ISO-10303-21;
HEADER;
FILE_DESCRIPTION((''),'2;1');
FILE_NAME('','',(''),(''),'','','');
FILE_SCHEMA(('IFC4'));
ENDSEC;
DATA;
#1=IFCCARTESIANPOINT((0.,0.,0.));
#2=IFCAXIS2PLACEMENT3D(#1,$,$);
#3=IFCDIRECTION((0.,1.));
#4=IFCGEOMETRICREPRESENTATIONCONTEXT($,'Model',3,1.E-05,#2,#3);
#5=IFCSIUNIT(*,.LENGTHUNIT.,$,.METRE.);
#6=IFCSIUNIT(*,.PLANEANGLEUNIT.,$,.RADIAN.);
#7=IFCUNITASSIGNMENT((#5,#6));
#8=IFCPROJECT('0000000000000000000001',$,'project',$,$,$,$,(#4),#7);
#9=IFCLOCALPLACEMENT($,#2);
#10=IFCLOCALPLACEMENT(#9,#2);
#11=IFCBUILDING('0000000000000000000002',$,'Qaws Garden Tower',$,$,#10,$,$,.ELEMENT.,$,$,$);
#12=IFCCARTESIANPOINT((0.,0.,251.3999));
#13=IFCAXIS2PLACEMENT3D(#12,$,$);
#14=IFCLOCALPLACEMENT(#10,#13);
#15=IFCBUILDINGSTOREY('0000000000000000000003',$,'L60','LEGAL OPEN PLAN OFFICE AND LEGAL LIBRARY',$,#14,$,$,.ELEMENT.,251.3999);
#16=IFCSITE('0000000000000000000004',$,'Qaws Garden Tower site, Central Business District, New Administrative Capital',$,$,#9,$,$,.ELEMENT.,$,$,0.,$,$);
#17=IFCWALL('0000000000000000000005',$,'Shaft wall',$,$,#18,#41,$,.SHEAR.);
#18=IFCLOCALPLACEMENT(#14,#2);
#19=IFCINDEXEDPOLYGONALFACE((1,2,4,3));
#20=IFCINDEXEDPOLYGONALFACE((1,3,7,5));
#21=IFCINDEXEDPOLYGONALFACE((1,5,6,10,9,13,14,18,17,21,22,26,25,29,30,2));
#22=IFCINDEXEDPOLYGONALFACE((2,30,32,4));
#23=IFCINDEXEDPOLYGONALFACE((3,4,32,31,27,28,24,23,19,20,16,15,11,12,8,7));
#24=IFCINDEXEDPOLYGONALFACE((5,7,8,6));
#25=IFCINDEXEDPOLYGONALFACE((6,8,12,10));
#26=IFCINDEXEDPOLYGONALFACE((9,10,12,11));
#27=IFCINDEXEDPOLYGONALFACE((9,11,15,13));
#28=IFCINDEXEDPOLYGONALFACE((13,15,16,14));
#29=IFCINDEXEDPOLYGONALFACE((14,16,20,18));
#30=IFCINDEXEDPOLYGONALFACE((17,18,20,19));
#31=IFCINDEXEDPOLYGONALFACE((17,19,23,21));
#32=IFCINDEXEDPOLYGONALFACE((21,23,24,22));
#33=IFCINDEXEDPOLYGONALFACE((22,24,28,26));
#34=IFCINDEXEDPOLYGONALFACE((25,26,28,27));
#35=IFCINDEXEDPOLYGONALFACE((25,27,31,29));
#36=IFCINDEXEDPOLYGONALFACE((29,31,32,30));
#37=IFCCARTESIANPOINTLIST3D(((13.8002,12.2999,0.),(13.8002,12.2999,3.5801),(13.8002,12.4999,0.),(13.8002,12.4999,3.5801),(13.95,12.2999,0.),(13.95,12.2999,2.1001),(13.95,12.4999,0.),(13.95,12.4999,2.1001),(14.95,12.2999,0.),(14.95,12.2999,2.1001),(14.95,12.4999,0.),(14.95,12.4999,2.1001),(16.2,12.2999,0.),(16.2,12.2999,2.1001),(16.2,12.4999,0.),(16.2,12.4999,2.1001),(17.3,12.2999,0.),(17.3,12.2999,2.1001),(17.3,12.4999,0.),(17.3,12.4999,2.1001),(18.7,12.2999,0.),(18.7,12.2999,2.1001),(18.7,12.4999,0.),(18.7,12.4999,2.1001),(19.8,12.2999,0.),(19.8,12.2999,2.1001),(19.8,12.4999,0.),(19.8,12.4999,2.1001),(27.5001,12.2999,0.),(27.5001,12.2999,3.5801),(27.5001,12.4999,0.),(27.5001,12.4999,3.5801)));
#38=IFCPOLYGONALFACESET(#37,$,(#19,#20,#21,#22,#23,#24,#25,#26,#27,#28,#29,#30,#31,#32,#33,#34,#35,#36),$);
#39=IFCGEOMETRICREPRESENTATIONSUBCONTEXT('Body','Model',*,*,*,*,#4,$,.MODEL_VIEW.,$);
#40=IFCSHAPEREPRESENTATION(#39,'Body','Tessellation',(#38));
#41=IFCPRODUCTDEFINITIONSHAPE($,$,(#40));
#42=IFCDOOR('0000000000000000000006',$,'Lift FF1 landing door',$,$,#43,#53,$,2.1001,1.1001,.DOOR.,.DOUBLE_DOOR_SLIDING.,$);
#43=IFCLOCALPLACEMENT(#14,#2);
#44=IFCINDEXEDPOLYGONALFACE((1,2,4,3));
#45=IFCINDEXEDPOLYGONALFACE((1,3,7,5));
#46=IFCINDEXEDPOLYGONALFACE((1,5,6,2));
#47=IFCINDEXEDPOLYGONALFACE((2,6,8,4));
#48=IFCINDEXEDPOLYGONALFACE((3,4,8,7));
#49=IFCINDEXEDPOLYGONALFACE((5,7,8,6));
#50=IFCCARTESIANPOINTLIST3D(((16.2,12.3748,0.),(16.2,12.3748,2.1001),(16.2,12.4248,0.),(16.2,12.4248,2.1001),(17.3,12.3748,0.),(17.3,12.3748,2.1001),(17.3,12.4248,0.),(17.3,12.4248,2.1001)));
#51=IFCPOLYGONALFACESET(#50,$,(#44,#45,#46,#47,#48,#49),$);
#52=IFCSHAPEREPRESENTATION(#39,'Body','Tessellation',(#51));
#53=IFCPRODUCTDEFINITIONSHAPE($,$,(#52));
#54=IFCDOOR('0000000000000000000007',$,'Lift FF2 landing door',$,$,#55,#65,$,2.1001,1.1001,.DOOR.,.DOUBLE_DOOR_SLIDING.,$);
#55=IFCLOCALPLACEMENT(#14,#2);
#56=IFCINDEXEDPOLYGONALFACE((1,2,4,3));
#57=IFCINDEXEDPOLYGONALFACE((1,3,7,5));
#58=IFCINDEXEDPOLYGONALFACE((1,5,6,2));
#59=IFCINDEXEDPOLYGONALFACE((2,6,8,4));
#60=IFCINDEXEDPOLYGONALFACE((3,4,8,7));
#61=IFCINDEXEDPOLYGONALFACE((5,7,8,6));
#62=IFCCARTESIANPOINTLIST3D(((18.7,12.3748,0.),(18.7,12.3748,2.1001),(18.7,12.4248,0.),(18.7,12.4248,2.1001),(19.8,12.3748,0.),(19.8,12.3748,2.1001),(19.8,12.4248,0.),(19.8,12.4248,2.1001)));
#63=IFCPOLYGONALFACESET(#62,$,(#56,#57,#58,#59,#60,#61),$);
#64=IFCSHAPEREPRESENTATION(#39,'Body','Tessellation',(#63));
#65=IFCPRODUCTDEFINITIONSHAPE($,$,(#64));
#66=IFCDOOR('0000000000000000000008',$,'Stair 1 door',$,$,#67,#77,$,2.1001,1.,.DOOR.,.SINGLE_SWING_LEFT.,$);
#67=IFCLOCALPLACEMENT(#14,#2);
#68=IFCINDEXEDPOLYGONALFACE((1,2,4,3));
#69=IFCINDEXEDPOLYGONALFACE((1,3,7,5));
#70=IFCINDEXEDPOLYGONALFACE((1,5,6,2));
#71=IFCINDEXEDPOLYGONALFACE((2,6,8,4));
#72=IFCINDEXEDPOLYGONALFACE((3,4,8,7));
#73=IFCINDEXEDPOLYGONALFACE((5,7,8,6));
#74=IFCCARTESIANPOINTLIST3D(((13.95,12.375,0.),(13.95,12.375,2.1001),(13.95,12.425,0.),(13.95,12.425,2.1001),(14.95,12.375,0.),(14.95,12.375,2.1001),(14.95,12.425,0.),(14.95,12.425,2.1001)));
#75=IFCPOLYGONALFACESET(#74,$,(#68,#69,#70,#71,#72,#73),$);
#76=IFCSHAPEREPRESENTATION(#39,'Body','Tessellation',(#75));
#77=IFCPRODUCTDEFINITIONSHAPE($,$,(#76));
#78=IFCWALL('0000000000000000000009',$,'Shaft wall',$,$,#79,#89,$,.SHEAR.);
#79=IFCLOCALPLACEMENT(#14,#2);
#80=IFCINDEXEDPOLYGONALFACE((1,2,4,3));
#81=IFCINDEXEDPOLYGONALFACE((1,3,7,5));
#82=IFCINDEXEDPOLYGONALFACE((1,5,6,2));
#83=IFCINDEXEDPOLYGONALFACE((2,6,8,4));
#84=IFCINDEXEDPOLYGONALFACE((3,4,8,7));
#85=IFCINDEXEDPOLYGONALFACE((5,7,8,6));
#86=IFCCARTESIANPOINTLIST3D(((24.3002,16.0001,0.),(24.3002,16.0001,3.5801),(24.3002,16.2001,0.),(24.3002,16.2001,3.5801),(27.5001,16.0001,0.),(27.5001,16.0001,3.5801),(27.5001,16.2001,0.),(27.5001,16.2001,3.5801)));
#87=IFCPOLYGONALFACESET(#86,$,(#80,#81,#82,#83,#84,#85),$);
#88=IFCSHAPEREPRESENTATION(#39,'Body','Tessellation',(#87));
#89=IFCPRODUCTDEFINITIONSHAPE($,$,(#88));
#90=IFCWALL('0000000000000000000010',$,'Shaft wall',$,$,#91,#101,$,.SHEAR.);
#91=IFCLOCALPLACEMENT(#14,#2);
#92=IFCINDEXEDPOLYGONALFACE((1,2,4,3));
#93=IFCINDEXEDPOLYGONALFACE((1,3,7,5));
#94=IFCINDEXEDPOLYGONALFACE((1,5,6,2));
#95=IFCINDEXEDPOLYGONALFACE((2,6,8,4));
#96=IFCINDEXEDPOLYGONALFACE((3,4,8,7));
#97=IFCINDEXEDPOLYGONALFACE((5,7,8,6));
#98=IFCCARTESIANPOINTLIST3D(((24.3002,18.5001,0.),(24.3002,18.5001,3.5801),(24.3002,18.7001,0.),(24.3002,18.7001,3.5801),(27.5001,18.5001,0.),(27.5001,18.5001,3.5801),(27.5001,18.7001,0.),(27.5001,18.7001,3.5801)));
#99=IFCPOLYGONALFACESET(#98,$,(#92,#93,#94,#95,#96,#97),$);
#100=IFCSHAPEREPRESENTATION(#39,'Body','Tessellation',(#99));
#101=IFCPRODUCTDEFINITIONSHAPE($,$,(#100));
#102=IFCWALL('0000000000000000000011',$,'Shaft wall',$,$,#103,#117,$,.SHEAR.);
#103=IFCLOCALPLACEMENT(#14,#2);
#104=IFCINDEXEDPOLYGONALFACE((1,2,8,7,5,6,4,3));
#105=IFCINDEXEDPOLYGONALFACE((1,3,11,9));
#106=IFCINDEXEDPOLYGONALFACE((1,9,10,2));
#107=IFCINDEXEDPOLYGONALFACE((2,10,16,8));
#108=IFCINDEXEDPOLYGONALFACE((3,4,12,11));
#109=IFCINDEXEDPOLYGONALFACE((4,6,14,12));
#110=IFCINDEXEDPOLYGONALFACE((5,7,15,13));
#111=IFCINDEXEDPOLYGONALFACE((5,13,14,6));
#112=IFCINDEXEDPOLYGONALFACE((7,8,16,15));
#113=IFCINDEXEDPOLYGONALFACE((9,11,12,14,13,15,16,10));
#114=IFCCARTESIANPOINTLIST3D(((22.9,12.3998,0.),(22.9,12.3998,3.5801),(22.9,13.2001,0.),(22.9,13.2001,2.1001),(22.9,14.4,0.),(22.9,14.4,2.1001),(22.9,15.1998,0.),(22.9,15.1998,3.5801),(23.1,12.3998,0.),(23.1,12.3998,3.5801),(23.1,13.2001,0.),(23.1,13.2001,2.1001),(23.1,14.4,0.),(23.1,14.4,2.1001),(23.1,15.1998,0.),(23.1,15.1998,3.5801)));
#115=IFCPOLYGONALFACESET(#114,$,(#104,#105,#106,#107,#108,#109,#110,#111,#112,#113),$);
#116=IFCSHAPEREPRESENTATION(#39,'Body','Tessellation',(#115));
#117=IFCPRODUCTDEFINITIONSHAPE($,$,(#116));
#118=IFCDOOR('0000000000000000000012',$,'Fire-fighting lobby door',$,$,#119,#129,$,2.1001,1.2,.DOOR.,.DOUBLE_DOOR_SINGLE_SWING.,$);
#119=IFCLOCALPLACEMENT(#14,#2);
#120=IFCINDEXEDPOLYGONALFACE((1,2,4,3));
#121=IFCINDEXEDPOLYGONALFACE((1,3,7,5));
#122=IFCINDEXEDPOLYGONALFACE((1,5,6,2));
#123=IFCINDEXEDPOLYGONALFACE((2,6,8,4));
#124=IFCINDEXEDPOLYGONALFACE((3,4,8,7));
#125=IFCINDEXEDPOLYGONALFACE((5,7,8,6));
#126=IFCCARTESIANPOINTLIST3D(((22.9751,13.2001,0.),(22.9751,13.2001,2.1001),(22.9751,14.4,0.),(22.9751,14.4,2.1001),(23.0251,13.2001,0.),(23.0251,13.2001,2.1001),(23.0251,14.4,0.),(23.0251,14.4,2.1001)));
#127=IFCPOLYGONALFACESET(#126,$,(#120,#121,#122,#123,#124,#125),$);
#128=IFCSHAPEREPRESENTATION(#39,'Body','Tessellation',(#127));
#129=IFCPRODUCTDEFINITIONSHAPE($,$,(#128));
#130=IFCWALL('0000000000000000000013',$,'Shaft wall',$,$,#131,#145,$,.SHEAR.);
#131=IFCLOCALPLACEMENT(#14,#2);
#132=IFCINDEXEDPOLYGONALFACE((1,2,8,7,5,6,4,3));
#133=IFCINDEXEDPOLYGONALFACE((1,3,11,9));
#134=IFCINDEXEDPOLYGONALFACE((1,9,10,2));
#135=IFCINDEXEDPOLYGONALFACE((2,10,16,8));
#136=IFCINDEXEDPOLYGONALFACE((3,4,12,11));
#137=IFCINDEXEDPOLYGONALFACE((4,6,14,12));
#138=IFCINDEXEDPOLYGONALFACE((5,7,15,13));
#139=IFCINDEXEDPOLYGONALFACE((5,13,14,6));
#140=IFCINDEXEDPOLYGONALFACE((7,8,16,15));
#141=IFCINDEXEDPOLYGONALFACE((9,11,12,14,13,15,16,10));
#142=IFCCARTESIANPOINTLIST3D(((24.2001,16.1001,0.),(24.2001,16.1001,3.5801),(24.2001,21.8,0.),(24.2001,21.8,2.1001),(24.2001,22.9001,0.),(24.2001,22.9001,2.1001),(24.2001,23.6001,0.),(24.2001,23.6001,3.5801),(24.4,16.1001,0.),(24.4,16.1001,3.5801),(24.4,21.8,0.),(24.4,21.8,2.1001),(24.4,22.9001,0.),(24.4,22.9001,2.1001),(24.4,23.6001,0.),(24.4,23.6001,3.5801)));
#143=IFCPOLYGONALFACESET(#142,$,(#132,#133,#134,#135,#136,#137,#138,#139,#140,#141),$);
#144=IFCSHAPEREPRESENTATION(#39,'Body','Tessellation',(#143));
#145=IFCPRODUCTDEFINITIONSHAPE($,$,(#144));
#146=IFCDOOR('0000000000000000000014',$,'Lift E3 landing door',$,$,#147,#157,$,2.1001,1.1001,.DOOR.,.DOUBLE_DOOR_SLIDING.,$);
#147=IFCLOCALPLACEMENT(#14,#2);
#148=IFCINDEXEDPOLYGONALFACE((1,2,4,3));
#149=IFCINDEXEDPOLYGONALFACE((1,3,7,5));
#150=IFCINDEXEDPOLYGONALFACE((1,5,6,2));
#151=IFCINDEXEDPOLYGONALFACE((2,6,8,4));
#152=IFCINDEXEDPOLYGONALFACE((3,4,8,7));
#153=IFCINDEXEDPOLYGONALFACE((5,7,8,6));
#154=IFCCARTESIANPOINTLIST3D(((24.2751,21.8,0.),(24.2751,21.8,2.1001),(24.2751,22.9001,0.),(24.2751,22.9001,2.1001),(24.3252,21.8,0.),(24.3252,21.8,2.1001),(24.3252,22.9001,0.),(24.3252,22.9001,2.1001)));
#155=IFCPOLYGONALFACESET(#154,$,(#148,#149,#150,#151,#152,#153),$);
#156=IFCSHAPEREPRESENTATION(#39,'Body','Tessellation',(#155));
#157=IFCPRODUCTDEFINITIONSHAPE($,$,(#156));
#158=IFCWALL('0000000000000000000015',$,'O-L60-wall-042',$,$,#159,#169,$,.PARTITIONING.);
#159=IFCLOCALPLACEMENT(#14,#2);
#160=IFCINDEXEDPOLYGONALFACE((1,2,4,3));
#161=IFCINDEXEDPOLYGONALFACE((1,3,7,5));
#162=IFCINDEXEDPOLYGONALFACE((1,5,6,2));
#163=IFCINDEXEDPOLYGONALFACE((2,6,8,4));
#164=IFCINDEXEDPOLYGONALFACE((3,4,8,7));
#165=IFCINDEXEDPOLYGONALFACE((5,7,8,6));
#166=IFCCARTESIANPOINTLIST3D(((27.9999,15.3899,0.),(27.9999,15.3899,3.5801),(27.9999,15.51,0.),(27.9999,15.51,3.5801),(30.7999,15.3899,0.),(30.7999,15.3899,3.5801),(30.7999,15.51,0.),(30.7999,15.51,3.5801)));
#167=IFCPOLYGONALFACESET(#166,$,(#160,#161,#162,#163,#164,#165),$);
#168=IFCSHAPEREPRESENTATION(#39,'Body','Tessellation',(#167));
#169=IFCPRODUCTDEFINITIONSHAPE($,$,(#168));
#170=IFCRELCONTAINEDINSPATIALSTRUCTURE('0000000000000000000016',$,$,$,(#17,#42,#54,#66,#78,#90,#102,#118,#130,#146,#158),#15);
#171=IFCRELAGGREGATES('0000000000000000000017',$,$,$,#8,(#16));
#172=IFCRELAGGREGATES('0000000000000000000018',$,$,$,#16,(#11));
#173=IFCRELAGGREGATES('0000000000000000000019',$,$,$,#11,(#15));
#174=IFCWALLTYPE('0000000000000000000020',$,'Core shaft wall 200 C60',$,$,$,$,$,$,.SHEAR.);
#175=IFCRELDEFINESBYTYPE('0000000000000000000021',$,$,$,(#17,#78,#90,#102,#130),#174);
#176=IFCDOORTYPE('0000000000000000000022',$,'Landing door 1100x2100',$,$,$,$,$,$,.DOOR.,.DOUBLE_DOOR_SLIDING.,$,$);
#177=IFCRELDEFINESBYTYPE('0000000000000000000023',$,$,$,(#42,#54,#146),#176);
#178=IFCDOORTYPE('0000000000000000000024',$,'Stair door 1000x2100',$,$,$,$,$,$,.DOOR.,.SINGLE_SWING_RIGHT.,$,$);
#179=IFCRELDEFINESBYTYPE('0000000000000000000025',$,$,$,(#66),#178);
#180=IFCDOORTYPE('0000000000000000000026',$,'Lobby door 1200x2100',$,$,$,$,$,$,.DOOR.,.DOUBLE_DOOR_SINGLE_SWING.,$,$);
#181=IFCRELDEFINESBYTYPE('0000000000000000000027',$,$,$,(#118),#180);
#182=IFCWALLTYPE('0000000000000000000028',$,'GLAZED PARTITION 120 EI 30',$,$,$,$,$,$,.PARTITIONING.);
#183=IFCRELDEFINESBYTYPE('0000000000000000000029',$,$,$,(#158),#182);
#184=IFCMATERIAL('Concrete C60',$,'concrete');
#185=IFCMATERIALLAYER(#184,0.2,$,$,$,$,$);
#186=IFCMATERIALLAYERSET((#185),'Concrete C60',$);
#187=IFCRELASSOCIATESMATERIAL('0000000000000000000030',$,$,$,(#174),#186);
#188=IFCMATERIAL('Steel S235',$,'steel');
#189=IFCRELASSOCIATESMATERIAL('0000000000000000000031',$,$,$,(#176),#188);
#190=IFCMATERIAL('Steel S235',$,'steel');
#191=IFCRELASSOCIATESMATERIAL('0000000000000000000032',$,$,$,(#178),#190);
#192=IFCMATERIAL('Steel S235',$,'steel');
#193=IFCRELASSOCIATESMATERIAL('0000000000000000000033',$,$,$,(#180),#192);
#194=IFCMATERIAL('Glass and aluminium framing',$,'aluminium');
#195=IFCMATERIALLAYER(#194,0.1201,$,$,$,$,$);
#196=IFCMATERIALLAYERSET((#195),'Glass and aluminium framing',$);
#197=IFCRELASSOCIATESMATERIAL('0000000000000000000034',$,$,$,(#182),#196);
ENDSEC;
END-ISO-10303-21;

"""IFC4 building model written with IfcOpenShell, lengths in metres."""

from ifc_helpers import new_model, si_unit, direction, frame, frame_2d, origin, place, context, subcontext, project, spatial, rectangle, extrude, material, layer, layer_set, type_object, element, fill, save


model = new_model("IFC4")

# Units and contexts
model_context = context("Model", 3, precision=1e-05, world=origin(), true_north=direction((0.0, 1.0)))
body_context = subcontext(model_context, "Body", "Model", "MODEL_VIEW")
ifc_project = project(units=[si_unit("LENGTHUNIT", "METRE"), si_unit("PLANEANGLEUNIT", "RADIAN")], contexts=[model_context])

# Site, building, storey
site_placement = place(None, origin())
site = spatial("IfcSite", under=ifc_project, at=site_placement, Name="Qaws Garden Tower site, Central Business District, New Administrative Capital", CompositionType="ELEMENT", RefElevation=0.0)
building_placement = place(site_placement, origin())
building = spatial("IfcBuilding", under=site, at=building_placement, Name="Qaws Garden Tower", CompositionType="ELEMENT")
storey_placement = place(building_placement, frame((0.0, 0.0, 251.3999)))
storey = spatial("IfcBuildingStorey", under=building, at=storey_placement, Name="L60", Description="LEGAL OPEN PLAN OFFICE AND LEGAL LIBRARY", CompositionType="ELEMENT", Elevation=251.3999)

# Wall, openings, doors
ifc_material_1 = material(Name="Concrete C60", Category="concrete")
ifc_layer_1 = layer(ifc_material_1, 0.2)
ifc_layer_set_1 = layer_set([ifc_layer_1], Name="Concrete C60")
wall_type_1 = type_object("IfcWallType", Name="Core shaft wall 200 C60", PredefinedType="SHEAR", material=ifc_layer_set_1)
wall_1_placement = place(storey_placement, frame((13.8, 12.3999, 0.0), z_axis=(0.0, 0.0, 1.0), x_axis=(1.0, 0.0, 0.0)))
wall_1 = element("IfcWall", 1, at=wall_1_placement, inside=storey, type_object=wall_type_1, Name="Shaft wall", PredefinedType="SHEAR", context=body_context, shape_type="SweptSolid", body=[
    extrude(rectangle(XDim=13.7, YDim=0.2, at=frame_2d((6.8501, 0.0))), origin(), (0.0, 0.0, 1.0), 3.5801),
])
opening_1_placement = place(wall_1_placement, frame((2.3999, 0.0, 0.0)))
opening_1 = element("IfcOpeningElement", 2, at=opening_1_placement, cuts=wall_1, PredefinedType="OPENING", context=body_context, shape_type="SweptSolid", body=[
    extrude(rectangle(XDim=1.1001, YDim=2.1001, at=frame_2d((0.55, 1.05))), frame((0.0, 0.1099, 0.0), z_axis=(0.0, -1.0, 0.0), x_axis=(1.0, 0.0, 0.0)), (0.0, 0.0, 1.0), 0.22),
])
opening_2_placement = place(wall_1_placement, frame((4.8999, 0.0, 0.0)))
opening_2 = element("IfcOpeningElement", 3, at=opening_2_placement, cuts=wall_1, PredefinedType="OPENING", context=body_context, shape_type="SweptSolid", body=[
    extrude(rectangle(XDim=1.1001, YDim=2.1001, at=frame_2d((0.55, 1.05))), frame((0.0, 0.1099, 0.0), z_axis=(0.0, -1.0, 0.0), x_axis=(1.0, 0.0, 0.0)), (0.0, 0.0, 1.0), 0.22),
])
opening_3_placement = place(wall_1_placement, frame((0.1499, 0.0, 0.0)))
opening_3 = element("IfcOpeningElement", 4, at=opening_3_placement, cuts=wall_1, PredefinedType="OPENING", context=body_context, shape_type="SweptSolid", body=[
    extrude(rectangle(XDim=1.0, YDim=2.1001, at=frame_2d((0.5, 1.05))), frame((0.0, 0.1099, 0.0), z_axis=(0.0, -1.0, 0.0), x_axis=(1.0, 0.0, 0.0)), (0.0, 0.0, 1.0), 0.22),
])
ifc_material_2 = material(Name="Steel S235", Category="steel")
door_type_1 = type_object("IfcDoorType", Name="Landing door 1100x2100", OperationType="DOUBLE_DOOR_SLIDING", PredefinedType="DOOR", material=ifc_material_2)
door_1_placement = place(opening_1_placement, origin())
door_1 = element("IfcDoor", 5, at=door_1_placement, inside=storey, type_object=door_type_1, Name="Lift FF1 landing door", OperationType="DOUBLE_DOOR_SLIDING", OverallHeight=2.1001, OverallWidth=1.1001, PredefinedType="DOOR", context=body_context, shape_type="SweptSolid", body=[
    extrude(rectangle(XDim=1.1001, YDim=2.1001, at=frame_2d((0.55, 1.05))), frame((0.0, 0.0249, 0.0), z_axis=(0.0, -1.0, 0.0), x_axis=(1.0, 0.0, 0.0)), (0.0, 0.0, 1.0), 0.05),
])
fill(opening_1, door_1)
door_2_placement = place(opening_2_placement, origin())
door_2 = element("IfcDoor", 6, at=door_2_placement, inside=storey, type_object=door_type_1, Name="Lift FF2 landing door", OperationType="DOUBLE_DOOR_SLIDING", OverallHeight=2.1001, OverallWidth=1.1001, PredefinedType="DOOR", context=body_context, shape_type="SweptSolid", body=[
    extrude(rectangle(XDim=1.1001, YDim=2.1001, at=frame_2d((0.55, 1.05))), frame((0.0, 0.0249, 0.0), z_axis=(0.0, -1.0, 0.0), x_axis=(1.0, 0.0, 0.0)), (0.0, 0.0, 1.0), 0.05),
])
fill(opening_2, door_2)
ifc_material_3 = material(Name="Steel S235", Category="steel")
door_type_2 = type_object("IfcDoorType", Name="Stair door 1000x2100", OperationType="SINGLE_SWING_RIGHT", PredefinedType="DOOR", material=ifc_material_3)
door_3_placement = place(opening_3_placement, frame((1.0, 0.0, 0.0), z_axis=(0.0, 0.0, 1.0), x_axis=(-1.0, 0.0, 0.0)))
door_3 = element("IfcDoor", 7, at=door_3_placement, inside=storey, type_object=door_type_2, Name="Stair 1 door", OperationType="SINGLE_SWING_LEFT", OverallHeight=2.1001, OverallWidth=1.0, PredefinedType="DOOR", context=body_context, shape_type="SweptSolid", body=[
    extrude(rectangle(XDim=1.0, YDim=2.1001, at=frame_2d((0.5, 1.05))), frame((0.0, 0.0249, 0.0), z_axis=(0.0, -1.0, 0.0), x_axis=(1.0, 0.0, 0.0)), (0.0, 0.0, 1.0), 0.05),
])
fill(opening_3, door_3)

# Walls
for number, where, z_axis, x_axis, name in (
    (8, (24.3, 16.1001, 0.0), (0.0, 0.0, 1.0), (1.0, 0.0, 0.0), "Shaft wall"),
    (9, (24.3, 18.6001, 0.0), (0.0, 0.0, 1.0), (1.0, 0.0, 0.0), "Shaft wall"),
):
    element("IfcWall", number, at=place(storey_placement, frame(where, z_axis=z_axis, x_axis=x_axis)), inside=storey, type_object=wall_type_1, Name=name, PredefinedType="SHEAR", context=body_context, shape_type="SweptSolid", body=[
        extrude(rectangle(XDim=3.2, YDim=0.2, at=frame_2d((1.6001, 0.0))), origin(), (0.0, 0.0, 1.0), 3.5801),
    ])

# Walls, openings, doors
wall_2_placement = place(storey_placement, frame((23.0, 12.3999, 0.0), z_axis=(0.0, 0.0, 1.0), x_axis=(0.0, 1.0, 0.0)))
wall_2 = element("IfcWall", 10, at=wall_2_placement, inside=storey, type_object=wall_type_1, Name="Shaft wall", PredefinedType="SHEAR", context=body_context, shape_type="SweptSolid", body=[
    extrude(rectangle(XDim=2.8, YDim=0.2, at=frame_2d((1.3999, 0.0))), origin(), (0.0, 0.0, 1.0), 3.5801),
])
opening_4_placement = place(wall_2_placement, frame((0.8, 0.0, 0.0)))
opening_4 = element("IfcOpeningElement", 11, at=opening_4_placement, cuts=wall_2, PredefinedType="OPENING", context=body_context, shape_type="SweptSolid", body=[
    extrude(rectangle(XDim=1.2, YDim=2.1001, at=frame_2d((0.6001, 1.05))), frame((0.0, 0.1099, 0.0), z_axis=(0.0, -1.0, 0.0), x_axis=(1.0, 0.0, 0.0)), (0.0, 0.0, 1.0), 0.22),
])
ifc_material_4 = material(Name="Steel S235", Category="steel")
door_type_3 = type_object("IfcDoorType", Name="Lobby door 1200x2100", OperationType="DOUBLE_DOOR_SINGLE_SWING", PredefinedType="DOOR", material=ifc_material_4)
door_4_placement = place(opening_4_placement, origin())
door_4 = element("IfcDoor", 12, at=door_4_placement, inside=storey, type_object=door_type_3, Name="Fire-fighting lobby door", OperationType="DOUBLE_DOOR_SINGLE_SWING", OverallHeight=2.1001, OverallWidth=1.2, PredefinedType="DOOR", context=body_context, shape_type="SweptSolid", body=[
    extrude(rectangle(XDim=1.2, YDim=2.1001, at=frame_2d((0.6001, 1.05))), frame((0.0, 0.0249, 0.0), z_axis=(0.0, -1.0, 0.0), x_axis=(1.0, 0.0, 0.0)), (0.0, 0.0, 1.0), 0.05),
])
fill(opening_4, door_4)
wall_3_placement = place(storey_placement, frame((24.3, 16.1001, 0.0), z_axis=(0.0, 0.0, 1.0), x_axis=(0.0, 1.0, 0.0)))
wall_3 = element("IfcWall", 13, at=wall_3_placement, inside=storey, type_object=wall_type_1, Name="Shaft wall", PredefinedType="SHEAR", context=body_context, shape_type="SweptSolid", body=[
    extrude(rectangle(XDim=7.5, YDim=0.2, at=frame_2d((3.75, 0.0))), origin(), (0.0, 0.0, 1.0), 3.5801),
])
opening_5_placement = place(wall_3_placement, frame((5.7, 0.0, 0.0)))
opening_5 = element("IfcOpeningElement", 14, at=opening_5_placement, cuts=wall_3, PredefinedType="OPENING", context=body_context, shape_type="SweptSolid", body=[
    extrude(rectangle(XDim=1.1001, YDim=2.1001, at=frame_2d((0.55, 1.05))), frame((0.0, 0.1099, 0.0), z_axis=(0.0, -1.0, 0.0), x_axis=(1.0, 0.0, 0.0)), (0.0, 0.0, 1.0), 0.22),
])
door_5_placement = place(opening_5_placement, origin())
door_5 = element("IfcDoor", 15, at=door_5_placement, inside=storey, type_object=door_type_1, Name="Lift E3 landing door", OperationType="DOUBLE_DOOR_SLIDING", OverallHeight=2.1001, OverallWidth=1.1001, PredefinedType="DOOR", context=body_context, shape_type="SweptSolid", body=[
    extrude(rectangle(XDim=1.1001, YDim=2.1001, at=frame_2d((0.55, 1.05))), frame((0.0, 0.0249, 0.0), z_axis=(0.0, -1.0, 0.0), x_axis=(1.0, 0.0, 0.0)), (0.0, 0.0, 1.0), 0.05),
])
fill(opening_5, door_5)

# Wall
ifc_material_5 = material(Name="Glass and aluminium framing", Category="aluminium")
ifc_layer_2 = layer(ifc_material_5, 0.1201)
ifc_layer_set_2 = layer_set([ifc_layer_2], Name="Glass and aluminium framing")
wall_type_2 = type_object("IfcWallType", Name="GLAZED PARTITION 120 EI 30", PredefinedType="PARTITIONING", material=ifc_layer_set_2)
wall_4_placement = place(storey_placement, frame((28.0, 15.45, 0.0), z_axis=(0.0, 0.0, 1.0), x_axis=(1.0, 0.0, 0.0)))
element("IfcWall", 16, at=wall_4_placement, inside=storey, type_object=wall_type_2, Name="O-L60-wall-042", PredefinedType="PARTITIONING", context=body_context, shape_type="SweptSolid", body=[
    extrude(rectangle(XDim=2.8, YDim=0.1201, at=frame_2d((1.3999, 0.0))), origin(), (0.0, 0.0, 1.0), 3.5801),
])

save(model, "model.ifc")
